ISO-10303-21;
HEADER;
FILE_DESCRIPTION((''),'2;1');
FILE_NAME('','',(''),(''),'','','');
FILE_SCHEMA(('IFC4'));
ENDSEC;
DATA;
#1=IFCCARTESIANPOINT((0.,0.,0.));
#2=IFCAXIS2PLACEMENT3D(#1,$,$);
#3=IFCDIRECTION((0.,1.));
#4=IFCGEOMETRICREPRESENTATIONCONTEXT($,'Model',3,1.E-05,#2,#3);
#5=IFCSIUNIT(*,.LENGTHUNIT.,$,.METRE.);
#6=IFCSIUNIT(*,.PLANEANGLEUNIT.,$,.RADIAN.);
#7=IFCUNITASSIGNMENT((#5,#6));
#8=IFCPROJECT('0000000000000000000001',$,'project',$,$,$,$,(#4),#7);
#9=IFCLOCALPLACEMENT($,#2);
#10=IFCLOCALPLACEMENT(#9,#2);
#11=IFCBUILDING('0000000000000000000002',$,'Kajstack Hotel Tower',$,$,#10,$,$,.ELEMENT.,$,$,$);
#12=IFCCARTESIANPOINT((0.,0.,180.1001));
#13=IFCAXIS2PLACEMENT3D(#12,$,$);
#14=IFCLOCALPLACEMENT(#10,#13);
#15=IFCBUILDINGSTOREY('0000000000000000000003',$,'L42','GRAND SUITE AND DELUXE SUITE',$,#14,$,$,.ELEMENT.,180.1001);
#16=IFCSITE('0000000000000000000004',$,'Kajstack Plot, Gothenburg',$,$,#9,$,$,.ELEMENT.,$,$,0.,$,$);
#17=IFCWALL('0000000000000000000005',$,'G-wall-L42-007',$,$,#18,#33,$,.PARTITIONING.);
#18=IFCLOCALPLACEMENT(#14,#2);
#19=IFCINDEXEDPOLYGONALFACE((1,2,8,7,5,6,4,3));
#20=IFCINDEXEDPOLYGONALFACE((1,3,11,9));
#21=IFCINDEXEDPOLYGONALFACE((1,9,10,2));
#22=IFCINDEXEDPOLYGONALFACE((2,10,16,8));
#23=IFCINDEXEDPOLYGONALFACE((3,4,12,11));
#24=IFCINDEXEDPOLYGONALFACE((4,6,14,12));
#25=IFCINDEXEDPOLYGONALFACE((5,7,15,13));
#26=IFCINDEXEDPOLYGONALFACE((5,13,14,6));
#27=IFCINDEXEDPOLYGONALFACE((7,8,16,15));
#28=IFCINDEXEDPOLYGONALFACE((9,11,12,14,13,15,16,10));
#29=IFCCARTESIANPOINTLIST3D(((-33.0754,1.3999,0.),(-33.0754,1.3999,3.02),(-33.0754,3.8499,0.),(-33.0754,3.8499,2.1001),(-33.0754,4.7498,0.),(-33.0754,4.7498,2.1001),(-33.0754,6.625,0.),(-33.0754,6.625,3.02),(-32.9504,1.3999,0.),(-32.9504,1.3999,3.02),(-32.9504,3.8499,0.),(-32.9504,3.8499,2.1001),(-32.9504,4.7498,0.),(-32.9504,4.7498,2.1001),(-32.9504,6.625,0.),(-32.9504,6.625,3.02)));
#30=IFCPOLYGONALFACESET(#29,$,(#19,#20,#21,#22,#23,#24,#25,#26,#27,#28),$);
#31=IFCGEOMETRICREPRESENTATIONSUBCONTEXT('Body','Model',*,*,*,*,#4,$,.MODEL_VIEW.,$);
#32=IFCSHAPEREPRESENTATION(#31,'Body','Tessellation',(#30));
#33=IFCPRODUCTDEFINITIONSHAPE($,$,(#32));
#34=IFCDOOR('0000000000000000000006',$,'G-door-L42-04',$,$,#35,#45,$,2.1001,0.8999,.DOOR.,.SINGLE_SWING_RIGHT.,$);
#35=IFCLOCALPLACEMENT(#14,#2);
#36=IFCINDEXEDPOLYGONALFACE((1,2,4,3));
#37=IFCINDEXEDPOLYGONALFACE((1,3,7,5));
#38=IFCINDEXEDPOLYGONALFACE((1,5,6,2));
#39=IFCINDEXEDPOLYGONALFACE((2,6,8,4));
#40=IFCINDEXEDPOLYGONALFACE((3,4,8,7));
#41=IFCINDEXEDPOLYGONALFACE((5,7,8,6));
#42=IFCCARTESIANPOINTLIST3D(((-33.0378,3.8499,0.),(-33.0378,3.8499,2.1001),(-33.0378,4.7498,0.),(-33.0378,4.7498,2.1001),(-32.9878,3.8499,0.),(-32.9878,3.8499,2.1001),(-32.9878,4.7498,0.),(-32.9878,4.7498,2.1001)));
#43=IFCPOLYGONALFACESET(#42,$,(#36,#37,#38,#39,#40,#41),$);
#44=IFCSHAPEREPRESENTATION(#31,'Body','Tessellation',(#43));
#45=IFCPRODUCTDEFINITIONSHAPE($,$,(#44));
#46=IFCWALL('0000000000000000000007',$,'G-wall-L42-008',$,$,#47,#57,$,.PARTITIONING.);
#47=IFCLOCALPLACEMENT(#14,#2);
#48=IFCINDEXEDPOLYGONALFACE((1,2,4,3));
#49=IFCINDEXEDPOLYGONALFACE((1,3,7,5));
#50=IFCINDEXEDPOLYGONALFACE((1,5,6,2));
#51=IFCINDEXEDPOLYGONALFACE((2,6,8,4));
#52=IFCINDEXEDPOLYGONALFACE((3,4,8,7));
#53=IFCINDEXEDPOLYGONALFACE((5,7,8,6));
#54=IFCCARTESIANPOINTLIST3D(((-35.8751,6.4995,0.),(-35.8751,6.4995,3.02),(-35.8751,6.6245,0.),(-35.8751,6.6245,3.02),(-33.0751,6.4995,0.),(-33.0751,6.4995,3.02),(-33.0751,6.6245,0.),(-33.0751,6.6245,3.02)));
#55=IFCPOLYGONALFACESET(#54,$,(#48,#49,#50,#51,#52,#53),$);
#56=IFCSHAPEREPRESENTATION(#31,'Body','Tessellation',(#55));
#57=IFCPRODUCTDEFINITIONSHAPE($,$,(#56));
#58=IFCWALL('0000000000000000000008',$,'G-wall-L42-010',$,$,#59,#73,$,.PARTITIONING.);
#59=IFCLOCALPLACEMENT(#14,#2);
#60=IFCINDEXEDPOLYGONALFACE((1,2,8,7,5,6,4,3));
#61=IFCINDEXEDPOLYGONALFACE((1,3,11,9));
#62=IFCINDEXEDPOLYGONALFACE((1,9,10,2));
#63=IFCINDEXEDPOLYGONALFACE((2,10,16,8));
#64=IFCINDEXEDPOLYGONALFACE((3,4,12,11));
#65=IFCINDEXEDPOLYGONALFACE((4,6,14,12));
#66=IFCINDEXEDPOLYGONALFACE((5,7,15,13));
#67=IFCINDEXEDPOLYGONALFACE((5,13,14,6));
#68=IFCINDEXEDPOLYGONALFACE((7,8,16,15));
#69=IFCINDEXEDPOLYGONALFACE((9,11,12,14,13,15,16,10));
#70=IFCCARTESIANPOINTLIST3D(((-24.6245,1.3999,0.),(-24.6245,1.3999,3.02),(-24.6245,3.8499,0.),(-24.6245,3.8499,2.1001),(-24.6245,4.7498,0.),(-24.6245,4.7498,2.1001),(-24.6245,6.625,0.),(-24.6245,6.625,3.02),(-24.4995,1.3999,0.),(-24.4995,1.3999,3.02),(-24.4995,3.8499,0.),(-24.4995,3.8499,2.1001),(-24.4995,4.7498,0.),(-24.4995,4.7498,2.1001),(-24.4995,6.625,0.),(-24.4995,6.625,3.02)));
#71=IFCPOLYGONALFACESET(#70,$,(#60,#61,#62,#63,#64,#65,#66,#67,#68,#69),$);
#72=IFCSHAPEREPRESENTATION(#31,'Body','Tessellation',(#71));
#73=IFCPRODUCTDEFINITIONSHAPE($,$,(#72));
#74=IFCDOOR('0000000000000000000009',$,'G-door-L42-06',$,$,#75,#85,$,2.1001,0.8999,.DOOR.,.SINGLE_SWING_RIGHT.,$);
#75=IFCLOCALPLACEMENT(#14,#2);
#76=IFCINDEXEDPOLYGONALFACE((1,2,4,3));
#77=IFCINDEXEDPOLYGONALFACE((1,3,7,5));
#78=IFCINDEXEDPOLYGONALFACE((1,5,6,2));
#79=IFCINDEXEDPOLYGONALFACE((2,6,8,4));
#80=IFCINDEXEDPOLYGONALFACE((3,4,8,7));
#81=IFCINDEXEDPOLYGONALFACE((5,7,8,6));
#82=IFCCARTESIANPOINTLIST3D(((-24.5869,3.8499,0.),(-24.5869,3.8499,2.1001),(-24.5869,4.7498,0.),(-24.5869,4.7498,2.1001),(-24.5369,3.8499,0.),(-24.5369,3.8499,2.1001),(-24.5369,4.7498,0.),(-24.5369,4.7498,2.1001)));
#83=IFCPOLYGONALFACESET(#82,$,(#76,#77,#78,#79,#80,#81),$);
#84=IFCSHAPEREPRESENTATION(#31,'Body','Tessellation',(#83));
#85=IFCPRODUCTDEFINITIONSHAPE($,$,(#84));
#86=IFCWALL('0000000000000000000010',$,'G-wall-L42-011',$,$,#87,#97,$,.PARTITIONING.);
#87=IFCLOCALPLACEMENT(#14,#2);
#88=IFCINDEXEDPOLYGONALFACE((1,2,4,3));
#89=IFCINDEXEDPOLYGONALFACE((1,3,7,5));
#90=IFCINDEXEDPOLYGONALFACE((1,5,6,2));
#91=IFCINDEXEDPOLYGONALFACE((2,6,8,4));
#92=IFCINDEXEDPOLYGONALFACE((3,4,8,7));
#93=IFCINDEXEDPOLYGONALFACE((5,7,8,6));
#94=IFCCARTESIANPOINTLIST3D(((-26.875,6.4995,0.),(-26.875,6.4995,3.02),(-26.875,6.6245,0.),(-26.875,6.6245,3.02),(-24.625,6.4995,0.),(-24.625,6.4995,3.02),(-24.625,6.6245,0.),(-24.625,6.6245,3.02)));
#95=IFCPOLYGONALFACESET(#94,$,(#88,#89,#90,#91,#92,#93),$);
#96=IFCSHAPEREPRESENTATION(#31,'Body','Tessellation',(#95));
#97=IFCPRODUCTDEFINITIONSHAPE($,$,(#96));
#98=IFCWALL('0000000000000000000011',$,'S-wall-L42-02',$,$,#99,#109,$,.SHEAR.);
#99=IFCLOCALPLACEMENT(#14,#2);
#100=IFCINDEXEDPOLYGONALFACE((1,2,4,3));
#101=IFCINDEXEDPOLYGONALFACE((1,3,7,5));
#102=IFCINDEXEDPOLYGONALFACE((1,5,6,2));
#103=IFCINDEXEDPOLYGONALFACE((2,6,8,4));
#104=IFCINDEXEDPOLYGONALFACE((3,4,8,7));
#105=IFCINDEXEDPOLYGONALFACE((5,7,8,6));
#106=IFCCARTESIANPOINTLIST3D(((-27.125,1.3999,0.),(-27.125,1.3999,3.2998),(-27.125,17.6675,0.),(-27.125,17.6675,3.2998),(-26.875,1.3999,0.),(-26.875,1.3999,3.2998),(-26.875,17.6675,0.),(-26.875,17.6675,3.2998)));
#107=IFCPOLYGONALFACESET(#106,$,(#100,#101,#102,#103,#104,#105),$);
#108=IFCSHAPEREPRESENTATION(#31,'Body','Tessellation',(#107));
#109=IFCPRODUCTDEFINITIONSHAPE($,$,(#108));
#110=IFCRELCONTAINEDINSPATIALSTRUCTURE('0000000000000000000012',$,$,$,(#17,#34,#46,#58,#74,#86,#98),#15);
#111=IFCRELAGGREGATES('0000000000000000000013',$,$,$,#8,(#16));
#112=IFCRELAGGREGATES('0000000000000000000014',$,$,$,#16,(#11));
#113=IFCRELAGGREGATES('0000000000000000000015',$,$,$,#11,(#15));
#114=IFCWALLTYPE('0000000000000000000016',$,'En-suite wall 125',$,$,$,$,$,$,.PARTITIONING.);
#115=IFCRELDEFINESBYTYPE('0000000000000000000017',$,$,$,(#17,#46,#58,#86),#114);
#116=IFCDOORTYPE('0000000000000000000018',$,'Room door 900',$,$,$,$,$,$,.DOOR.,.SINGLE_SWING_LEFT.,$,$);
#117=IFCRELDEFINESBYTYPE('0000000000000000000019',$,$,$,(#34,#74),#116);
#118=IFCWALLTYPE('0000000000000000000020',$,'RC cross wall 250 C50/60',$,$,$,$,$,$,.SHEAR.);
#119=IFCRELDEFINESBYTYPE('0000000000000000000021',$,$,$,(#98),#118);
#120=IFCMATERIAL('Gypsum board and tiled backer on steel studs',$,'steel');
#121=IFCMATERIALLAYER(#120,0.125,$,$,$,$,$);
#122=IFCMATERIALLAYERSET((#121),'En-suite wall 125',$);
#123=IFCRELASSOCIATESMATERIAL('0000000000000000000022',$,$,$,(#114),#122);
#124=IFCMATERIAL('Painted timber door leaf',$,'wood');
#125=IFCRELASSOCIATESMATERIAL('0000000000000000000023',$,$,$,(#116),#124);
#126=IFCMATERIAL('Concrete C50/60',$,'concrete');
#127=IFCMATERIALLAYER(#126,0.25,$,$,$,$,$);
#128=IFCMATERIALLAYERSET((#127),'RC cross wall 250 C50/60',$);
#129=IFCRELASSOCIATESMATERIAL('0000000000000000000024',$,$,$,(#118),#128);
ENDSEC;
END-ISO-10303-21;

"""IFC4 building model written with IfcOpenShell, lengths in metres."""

from ifc_helpers import new_model, si_unit, direction, frame, frame_2d, origin, place, context, subcontext, project, spatial, rectangle, extrude, material, layer, layer_set, type_object, element, fill, save


model = new_model("IFC4")

# Units and contexts
model_context = context("Model", 3, precision=1e-05, world=origin(), true_north=direction((0.0, 1.0)))
body_context = subcontext(model_context, "Body", "Model", "MODEL_VIEW")
ifc_project = project(units=[si_unit("LENGTHUNIT", "METRE"), si_unit("PLANEANGLEUNIT", "RADIAN")], contexts=[model_context])

# Site, building, storey
site_placement = place(None, origin())
site = spatial("IfcSite", under=ifc_project, at=site_placement, Name="Kajstack Plot, Gothenburg", CompositionType="ELEMENT", RefElevation=0.0)
building_placement = place(site_placement, origin())
building = spatial("IfcBuilding", under=site, at=building_placement, Name="Kajstack Hotel Tower", CompositionType="ELEMENT")
storey_placement = place(building_placement, frame((0.0, 0.0, 180.1001)))
storey = spatial("IfcBuildingStorey", under=building, at=storey_placement, Name="L42", Description="GRAND SUITE AND DELUXE SUITE", CompositionType="ELEMENT", Elevation=180.1001)

# Shared definitions
ifc_material_1 = material(Name="Gypsum board and tiled backer on steel studs", Category="steel")
ifc_layer_1 = layer(ifc_material_1, 0.125)
ifc_layer_set_1 = layer_set([ifc_layer_1], Name="En-suite wall 125")
wall_type_1 = type_object("IfcWallType", Name="En-suite wall 125", PredefinedType="PARTITIONING", material=ifc_layer_set_1)

# Wall, opening, door
wall_1_placement = place(storey_placement, frame((-33.0129, 1.3999, 0.0), z_axis=(0.0, 0.0, 1.0), x_axis=(0.0, 1.0, 0.0)))
wall_1 = element("IfcWall", 1, at=wall_1_placement, inside=storey, type_object=wall_type_1, Name="G-wall-L42-007", PredefinedType="PARTITIONING", context=body_context, shape_type="SweptSolid", body=[
    extrude(rectangle(XDim=5.2251, YDim=0.125, at=frame_2d((2.6125, 0.0))), origin(), (0.0, 0.0, 1.0), 3.02),
])
opening_1_placement = place(wall_1_placement, frame((2.45, 0.0, 0.0)))
opening_1 = element("IfcOpeningElement", 2, at=opening_1_placement, cuts=wall_1, PredefinedType="OPENING", context=body_context, shape_type="SweptSolid", body=[
    extrude(rectangle(XDim=0.8999, YDim=2.1001, at=frame_2d((0.45, 1.05))), frame((0.0, 0.0725, 0.0), z_axis=(0.0, -1.0, 0.0), x_axis=(1.0, 0.0, 0.0)), (0.0, 0.0, 1.0), 0.145),
])
ifc_material_2 = material(Name="Painted timber door leaf", Category="wood")
door_type = type_object("IfcDoorType", Name="Room door 900", OperationType="SINGLE_SWING_LEFT", PredefinedType="DOOR", material=ifc_material_2)
door_1_placement = place(opening_1_placement, origin())
door_1 = element("IfcDoor", 3, at=door_1_placement, inside=storey, type_object=door_type, Name="G-door-L42-04", OperationType="SINGLE_SWING_RIGHT", OverallHeight=2.1001, OverallWidth=0.8999, PredefinedType="DOOR", context=body_context, shape_type="SweptSolid", body=[
    extrude(rectangle(XDim=0.8999, YDim=2.1001, at=frame_2d((0.45, 1.05))), frame((0.0, 0.0249, 0.0), z_axis=(0.0, -1.0, 0.0), x_axis=(1.0, 0.0, 0.0)), (0.0, 0.0, 1.0), 0.05),
])
fill(opening_1, door_1)

# Wall
wall_2_placement = place(storey_placement, frame((-35.875, 6.562, 0.0), z_axis=(0.0, 0.0, 1.0), x_axis=(1.0, 0.0, 0.0)))
element("IfcWall", 4, at=wall_2_placement, inside=storey, type_object=wall_type_1, Name="G-wall-L42-008", PredefinedType="PARTITIONING", context=body_context, shape_type="SweptSolid", body=[
    extrude(rectangle(XDim=2.8, YDim=0.125, at=frame_2d((1.3999, 0.0))), origin(), (0.0, 0.0, 1.0), 3.02),
])

# Wall, opening, door
wall_3_placement = place(storey_placement, frame((-24.562, 1.3999, 0.0), z_axis=(0.0, 0.0, 1.0), x_axis=(0.0, 1.0, 0.0)))
wall_3 = element("IfcWall", 5, at=wall_3_placement, inside=storey, type_object=wall_type_1, Name="G-wall-L42-010", PredefinedType="PARTITIONING", context=body_context, shape_type="SweptSolid", body=[
    extrude(rectangle(XDim=5.2251, YDim=0.125, at=frame_2d((2.6125, 0.0))), origin(), (0.0, 0.0, 1.0), 3.02),
])
opening_2_placement = place(wall_3_placement, frame((2.45, 0.0, 0.0)))
opening_2 = element("IfcOpeningElement", 6, at=opening_2_placement, cuts=wall_3, PredefinedType="OPENING", context=body_context, shape_type="SweptSolid", body=[
    extrude(rectangle(XDim=0.8999, YDim=2.1001, at=frame_2d((0.45, 1.05))), frame((0.0, 0.0725, 0.0), z_axis=(0.0, -1.0, 0.0), x_axis=(1.0, 0.0, 0.0)), (0.0, 0.0, 1.0), 0.145),
])
door_2_placement = place(opening_2_placement, origin())
door_2 = element("IfcDoor", 7, at=door_2_placement, inside=storey, type_object=door_type, Name="G-door-L42-06", OperationType="SINGLE_SWING_RIGHT", OverallHeight=2.1001, OverallWidth=0.8999, PredefinedType="DOOR", context=body_context, shape_type="SweptSolid", body=[
    extrude(rectangle(XDim=0.8999, YDim=2.1001, at=frame_2d((0.45, 1.05))), frame((0.0, 0.0249, 0.0), z_axis=(0.0, -1.0, 0.0), x_axis=(1.0, 0.0, 0.0)), (0.0, 0.0, 1.0), 0.05),
])
fill(opening_2, door_2)

# Walls
wall_4_placement = place(storey_placement, frame((-26.875, 6.562, 0.0), z_axis=(0.0, 0.0, 1.0), x_axis=(1.0, 0.0, 0.0)))
element("IfcWall", 8, at=wall_4_placement, inside=storey, type_object=wall_type_1, Name="G-wall-L42-011", PredefinedType="PARTITIONING", context=body_context, shape_type="SweptSolid", body=[
    extrude(rectangle(XDim=2.25, YDim=0.125, at=frame_2d((1.125, 0.0))), origin(), (0.0, 0.0, 1.0), 3.02),
])
ifc_material_3 = material(Name="Concrete C50/60", Category="concrete")
ifc_layer_2 = layer(ifc_material_3, 0.25)
ifc_layer_set_2 = layer_set([ifc_layer_2], Name="RC cross wall 250 C50/60")
wall_type_2 = type_object("IfcWallType", Name="RC cross wall 250 C50/60", PredefinedType="SHEAR", material=ifc_layer_set_2)
wall_5_placement = place(storey_placement, frame((-27.0, 1.3999, 0.0), z_axis=(0.0, 0.0, 1.0), x_axis=(0.0, 1.0, 0.0)))
element("IfcWall", 9, at=wall_5_placement, inside=storey, type_object=wall_type_2, Name="S-wall-L42-02", PredefinedType="SHEAR", context=body_context, shape_type="SweptSolid", body=[
    extrude(rectangle(XDim=16.2676, YDim=0.25, at=frame_2d((8.1338, 0.0))), origin(), (0.0, 0.0, 1.0), 3.2998),
])

save(model, "model.ifc")
